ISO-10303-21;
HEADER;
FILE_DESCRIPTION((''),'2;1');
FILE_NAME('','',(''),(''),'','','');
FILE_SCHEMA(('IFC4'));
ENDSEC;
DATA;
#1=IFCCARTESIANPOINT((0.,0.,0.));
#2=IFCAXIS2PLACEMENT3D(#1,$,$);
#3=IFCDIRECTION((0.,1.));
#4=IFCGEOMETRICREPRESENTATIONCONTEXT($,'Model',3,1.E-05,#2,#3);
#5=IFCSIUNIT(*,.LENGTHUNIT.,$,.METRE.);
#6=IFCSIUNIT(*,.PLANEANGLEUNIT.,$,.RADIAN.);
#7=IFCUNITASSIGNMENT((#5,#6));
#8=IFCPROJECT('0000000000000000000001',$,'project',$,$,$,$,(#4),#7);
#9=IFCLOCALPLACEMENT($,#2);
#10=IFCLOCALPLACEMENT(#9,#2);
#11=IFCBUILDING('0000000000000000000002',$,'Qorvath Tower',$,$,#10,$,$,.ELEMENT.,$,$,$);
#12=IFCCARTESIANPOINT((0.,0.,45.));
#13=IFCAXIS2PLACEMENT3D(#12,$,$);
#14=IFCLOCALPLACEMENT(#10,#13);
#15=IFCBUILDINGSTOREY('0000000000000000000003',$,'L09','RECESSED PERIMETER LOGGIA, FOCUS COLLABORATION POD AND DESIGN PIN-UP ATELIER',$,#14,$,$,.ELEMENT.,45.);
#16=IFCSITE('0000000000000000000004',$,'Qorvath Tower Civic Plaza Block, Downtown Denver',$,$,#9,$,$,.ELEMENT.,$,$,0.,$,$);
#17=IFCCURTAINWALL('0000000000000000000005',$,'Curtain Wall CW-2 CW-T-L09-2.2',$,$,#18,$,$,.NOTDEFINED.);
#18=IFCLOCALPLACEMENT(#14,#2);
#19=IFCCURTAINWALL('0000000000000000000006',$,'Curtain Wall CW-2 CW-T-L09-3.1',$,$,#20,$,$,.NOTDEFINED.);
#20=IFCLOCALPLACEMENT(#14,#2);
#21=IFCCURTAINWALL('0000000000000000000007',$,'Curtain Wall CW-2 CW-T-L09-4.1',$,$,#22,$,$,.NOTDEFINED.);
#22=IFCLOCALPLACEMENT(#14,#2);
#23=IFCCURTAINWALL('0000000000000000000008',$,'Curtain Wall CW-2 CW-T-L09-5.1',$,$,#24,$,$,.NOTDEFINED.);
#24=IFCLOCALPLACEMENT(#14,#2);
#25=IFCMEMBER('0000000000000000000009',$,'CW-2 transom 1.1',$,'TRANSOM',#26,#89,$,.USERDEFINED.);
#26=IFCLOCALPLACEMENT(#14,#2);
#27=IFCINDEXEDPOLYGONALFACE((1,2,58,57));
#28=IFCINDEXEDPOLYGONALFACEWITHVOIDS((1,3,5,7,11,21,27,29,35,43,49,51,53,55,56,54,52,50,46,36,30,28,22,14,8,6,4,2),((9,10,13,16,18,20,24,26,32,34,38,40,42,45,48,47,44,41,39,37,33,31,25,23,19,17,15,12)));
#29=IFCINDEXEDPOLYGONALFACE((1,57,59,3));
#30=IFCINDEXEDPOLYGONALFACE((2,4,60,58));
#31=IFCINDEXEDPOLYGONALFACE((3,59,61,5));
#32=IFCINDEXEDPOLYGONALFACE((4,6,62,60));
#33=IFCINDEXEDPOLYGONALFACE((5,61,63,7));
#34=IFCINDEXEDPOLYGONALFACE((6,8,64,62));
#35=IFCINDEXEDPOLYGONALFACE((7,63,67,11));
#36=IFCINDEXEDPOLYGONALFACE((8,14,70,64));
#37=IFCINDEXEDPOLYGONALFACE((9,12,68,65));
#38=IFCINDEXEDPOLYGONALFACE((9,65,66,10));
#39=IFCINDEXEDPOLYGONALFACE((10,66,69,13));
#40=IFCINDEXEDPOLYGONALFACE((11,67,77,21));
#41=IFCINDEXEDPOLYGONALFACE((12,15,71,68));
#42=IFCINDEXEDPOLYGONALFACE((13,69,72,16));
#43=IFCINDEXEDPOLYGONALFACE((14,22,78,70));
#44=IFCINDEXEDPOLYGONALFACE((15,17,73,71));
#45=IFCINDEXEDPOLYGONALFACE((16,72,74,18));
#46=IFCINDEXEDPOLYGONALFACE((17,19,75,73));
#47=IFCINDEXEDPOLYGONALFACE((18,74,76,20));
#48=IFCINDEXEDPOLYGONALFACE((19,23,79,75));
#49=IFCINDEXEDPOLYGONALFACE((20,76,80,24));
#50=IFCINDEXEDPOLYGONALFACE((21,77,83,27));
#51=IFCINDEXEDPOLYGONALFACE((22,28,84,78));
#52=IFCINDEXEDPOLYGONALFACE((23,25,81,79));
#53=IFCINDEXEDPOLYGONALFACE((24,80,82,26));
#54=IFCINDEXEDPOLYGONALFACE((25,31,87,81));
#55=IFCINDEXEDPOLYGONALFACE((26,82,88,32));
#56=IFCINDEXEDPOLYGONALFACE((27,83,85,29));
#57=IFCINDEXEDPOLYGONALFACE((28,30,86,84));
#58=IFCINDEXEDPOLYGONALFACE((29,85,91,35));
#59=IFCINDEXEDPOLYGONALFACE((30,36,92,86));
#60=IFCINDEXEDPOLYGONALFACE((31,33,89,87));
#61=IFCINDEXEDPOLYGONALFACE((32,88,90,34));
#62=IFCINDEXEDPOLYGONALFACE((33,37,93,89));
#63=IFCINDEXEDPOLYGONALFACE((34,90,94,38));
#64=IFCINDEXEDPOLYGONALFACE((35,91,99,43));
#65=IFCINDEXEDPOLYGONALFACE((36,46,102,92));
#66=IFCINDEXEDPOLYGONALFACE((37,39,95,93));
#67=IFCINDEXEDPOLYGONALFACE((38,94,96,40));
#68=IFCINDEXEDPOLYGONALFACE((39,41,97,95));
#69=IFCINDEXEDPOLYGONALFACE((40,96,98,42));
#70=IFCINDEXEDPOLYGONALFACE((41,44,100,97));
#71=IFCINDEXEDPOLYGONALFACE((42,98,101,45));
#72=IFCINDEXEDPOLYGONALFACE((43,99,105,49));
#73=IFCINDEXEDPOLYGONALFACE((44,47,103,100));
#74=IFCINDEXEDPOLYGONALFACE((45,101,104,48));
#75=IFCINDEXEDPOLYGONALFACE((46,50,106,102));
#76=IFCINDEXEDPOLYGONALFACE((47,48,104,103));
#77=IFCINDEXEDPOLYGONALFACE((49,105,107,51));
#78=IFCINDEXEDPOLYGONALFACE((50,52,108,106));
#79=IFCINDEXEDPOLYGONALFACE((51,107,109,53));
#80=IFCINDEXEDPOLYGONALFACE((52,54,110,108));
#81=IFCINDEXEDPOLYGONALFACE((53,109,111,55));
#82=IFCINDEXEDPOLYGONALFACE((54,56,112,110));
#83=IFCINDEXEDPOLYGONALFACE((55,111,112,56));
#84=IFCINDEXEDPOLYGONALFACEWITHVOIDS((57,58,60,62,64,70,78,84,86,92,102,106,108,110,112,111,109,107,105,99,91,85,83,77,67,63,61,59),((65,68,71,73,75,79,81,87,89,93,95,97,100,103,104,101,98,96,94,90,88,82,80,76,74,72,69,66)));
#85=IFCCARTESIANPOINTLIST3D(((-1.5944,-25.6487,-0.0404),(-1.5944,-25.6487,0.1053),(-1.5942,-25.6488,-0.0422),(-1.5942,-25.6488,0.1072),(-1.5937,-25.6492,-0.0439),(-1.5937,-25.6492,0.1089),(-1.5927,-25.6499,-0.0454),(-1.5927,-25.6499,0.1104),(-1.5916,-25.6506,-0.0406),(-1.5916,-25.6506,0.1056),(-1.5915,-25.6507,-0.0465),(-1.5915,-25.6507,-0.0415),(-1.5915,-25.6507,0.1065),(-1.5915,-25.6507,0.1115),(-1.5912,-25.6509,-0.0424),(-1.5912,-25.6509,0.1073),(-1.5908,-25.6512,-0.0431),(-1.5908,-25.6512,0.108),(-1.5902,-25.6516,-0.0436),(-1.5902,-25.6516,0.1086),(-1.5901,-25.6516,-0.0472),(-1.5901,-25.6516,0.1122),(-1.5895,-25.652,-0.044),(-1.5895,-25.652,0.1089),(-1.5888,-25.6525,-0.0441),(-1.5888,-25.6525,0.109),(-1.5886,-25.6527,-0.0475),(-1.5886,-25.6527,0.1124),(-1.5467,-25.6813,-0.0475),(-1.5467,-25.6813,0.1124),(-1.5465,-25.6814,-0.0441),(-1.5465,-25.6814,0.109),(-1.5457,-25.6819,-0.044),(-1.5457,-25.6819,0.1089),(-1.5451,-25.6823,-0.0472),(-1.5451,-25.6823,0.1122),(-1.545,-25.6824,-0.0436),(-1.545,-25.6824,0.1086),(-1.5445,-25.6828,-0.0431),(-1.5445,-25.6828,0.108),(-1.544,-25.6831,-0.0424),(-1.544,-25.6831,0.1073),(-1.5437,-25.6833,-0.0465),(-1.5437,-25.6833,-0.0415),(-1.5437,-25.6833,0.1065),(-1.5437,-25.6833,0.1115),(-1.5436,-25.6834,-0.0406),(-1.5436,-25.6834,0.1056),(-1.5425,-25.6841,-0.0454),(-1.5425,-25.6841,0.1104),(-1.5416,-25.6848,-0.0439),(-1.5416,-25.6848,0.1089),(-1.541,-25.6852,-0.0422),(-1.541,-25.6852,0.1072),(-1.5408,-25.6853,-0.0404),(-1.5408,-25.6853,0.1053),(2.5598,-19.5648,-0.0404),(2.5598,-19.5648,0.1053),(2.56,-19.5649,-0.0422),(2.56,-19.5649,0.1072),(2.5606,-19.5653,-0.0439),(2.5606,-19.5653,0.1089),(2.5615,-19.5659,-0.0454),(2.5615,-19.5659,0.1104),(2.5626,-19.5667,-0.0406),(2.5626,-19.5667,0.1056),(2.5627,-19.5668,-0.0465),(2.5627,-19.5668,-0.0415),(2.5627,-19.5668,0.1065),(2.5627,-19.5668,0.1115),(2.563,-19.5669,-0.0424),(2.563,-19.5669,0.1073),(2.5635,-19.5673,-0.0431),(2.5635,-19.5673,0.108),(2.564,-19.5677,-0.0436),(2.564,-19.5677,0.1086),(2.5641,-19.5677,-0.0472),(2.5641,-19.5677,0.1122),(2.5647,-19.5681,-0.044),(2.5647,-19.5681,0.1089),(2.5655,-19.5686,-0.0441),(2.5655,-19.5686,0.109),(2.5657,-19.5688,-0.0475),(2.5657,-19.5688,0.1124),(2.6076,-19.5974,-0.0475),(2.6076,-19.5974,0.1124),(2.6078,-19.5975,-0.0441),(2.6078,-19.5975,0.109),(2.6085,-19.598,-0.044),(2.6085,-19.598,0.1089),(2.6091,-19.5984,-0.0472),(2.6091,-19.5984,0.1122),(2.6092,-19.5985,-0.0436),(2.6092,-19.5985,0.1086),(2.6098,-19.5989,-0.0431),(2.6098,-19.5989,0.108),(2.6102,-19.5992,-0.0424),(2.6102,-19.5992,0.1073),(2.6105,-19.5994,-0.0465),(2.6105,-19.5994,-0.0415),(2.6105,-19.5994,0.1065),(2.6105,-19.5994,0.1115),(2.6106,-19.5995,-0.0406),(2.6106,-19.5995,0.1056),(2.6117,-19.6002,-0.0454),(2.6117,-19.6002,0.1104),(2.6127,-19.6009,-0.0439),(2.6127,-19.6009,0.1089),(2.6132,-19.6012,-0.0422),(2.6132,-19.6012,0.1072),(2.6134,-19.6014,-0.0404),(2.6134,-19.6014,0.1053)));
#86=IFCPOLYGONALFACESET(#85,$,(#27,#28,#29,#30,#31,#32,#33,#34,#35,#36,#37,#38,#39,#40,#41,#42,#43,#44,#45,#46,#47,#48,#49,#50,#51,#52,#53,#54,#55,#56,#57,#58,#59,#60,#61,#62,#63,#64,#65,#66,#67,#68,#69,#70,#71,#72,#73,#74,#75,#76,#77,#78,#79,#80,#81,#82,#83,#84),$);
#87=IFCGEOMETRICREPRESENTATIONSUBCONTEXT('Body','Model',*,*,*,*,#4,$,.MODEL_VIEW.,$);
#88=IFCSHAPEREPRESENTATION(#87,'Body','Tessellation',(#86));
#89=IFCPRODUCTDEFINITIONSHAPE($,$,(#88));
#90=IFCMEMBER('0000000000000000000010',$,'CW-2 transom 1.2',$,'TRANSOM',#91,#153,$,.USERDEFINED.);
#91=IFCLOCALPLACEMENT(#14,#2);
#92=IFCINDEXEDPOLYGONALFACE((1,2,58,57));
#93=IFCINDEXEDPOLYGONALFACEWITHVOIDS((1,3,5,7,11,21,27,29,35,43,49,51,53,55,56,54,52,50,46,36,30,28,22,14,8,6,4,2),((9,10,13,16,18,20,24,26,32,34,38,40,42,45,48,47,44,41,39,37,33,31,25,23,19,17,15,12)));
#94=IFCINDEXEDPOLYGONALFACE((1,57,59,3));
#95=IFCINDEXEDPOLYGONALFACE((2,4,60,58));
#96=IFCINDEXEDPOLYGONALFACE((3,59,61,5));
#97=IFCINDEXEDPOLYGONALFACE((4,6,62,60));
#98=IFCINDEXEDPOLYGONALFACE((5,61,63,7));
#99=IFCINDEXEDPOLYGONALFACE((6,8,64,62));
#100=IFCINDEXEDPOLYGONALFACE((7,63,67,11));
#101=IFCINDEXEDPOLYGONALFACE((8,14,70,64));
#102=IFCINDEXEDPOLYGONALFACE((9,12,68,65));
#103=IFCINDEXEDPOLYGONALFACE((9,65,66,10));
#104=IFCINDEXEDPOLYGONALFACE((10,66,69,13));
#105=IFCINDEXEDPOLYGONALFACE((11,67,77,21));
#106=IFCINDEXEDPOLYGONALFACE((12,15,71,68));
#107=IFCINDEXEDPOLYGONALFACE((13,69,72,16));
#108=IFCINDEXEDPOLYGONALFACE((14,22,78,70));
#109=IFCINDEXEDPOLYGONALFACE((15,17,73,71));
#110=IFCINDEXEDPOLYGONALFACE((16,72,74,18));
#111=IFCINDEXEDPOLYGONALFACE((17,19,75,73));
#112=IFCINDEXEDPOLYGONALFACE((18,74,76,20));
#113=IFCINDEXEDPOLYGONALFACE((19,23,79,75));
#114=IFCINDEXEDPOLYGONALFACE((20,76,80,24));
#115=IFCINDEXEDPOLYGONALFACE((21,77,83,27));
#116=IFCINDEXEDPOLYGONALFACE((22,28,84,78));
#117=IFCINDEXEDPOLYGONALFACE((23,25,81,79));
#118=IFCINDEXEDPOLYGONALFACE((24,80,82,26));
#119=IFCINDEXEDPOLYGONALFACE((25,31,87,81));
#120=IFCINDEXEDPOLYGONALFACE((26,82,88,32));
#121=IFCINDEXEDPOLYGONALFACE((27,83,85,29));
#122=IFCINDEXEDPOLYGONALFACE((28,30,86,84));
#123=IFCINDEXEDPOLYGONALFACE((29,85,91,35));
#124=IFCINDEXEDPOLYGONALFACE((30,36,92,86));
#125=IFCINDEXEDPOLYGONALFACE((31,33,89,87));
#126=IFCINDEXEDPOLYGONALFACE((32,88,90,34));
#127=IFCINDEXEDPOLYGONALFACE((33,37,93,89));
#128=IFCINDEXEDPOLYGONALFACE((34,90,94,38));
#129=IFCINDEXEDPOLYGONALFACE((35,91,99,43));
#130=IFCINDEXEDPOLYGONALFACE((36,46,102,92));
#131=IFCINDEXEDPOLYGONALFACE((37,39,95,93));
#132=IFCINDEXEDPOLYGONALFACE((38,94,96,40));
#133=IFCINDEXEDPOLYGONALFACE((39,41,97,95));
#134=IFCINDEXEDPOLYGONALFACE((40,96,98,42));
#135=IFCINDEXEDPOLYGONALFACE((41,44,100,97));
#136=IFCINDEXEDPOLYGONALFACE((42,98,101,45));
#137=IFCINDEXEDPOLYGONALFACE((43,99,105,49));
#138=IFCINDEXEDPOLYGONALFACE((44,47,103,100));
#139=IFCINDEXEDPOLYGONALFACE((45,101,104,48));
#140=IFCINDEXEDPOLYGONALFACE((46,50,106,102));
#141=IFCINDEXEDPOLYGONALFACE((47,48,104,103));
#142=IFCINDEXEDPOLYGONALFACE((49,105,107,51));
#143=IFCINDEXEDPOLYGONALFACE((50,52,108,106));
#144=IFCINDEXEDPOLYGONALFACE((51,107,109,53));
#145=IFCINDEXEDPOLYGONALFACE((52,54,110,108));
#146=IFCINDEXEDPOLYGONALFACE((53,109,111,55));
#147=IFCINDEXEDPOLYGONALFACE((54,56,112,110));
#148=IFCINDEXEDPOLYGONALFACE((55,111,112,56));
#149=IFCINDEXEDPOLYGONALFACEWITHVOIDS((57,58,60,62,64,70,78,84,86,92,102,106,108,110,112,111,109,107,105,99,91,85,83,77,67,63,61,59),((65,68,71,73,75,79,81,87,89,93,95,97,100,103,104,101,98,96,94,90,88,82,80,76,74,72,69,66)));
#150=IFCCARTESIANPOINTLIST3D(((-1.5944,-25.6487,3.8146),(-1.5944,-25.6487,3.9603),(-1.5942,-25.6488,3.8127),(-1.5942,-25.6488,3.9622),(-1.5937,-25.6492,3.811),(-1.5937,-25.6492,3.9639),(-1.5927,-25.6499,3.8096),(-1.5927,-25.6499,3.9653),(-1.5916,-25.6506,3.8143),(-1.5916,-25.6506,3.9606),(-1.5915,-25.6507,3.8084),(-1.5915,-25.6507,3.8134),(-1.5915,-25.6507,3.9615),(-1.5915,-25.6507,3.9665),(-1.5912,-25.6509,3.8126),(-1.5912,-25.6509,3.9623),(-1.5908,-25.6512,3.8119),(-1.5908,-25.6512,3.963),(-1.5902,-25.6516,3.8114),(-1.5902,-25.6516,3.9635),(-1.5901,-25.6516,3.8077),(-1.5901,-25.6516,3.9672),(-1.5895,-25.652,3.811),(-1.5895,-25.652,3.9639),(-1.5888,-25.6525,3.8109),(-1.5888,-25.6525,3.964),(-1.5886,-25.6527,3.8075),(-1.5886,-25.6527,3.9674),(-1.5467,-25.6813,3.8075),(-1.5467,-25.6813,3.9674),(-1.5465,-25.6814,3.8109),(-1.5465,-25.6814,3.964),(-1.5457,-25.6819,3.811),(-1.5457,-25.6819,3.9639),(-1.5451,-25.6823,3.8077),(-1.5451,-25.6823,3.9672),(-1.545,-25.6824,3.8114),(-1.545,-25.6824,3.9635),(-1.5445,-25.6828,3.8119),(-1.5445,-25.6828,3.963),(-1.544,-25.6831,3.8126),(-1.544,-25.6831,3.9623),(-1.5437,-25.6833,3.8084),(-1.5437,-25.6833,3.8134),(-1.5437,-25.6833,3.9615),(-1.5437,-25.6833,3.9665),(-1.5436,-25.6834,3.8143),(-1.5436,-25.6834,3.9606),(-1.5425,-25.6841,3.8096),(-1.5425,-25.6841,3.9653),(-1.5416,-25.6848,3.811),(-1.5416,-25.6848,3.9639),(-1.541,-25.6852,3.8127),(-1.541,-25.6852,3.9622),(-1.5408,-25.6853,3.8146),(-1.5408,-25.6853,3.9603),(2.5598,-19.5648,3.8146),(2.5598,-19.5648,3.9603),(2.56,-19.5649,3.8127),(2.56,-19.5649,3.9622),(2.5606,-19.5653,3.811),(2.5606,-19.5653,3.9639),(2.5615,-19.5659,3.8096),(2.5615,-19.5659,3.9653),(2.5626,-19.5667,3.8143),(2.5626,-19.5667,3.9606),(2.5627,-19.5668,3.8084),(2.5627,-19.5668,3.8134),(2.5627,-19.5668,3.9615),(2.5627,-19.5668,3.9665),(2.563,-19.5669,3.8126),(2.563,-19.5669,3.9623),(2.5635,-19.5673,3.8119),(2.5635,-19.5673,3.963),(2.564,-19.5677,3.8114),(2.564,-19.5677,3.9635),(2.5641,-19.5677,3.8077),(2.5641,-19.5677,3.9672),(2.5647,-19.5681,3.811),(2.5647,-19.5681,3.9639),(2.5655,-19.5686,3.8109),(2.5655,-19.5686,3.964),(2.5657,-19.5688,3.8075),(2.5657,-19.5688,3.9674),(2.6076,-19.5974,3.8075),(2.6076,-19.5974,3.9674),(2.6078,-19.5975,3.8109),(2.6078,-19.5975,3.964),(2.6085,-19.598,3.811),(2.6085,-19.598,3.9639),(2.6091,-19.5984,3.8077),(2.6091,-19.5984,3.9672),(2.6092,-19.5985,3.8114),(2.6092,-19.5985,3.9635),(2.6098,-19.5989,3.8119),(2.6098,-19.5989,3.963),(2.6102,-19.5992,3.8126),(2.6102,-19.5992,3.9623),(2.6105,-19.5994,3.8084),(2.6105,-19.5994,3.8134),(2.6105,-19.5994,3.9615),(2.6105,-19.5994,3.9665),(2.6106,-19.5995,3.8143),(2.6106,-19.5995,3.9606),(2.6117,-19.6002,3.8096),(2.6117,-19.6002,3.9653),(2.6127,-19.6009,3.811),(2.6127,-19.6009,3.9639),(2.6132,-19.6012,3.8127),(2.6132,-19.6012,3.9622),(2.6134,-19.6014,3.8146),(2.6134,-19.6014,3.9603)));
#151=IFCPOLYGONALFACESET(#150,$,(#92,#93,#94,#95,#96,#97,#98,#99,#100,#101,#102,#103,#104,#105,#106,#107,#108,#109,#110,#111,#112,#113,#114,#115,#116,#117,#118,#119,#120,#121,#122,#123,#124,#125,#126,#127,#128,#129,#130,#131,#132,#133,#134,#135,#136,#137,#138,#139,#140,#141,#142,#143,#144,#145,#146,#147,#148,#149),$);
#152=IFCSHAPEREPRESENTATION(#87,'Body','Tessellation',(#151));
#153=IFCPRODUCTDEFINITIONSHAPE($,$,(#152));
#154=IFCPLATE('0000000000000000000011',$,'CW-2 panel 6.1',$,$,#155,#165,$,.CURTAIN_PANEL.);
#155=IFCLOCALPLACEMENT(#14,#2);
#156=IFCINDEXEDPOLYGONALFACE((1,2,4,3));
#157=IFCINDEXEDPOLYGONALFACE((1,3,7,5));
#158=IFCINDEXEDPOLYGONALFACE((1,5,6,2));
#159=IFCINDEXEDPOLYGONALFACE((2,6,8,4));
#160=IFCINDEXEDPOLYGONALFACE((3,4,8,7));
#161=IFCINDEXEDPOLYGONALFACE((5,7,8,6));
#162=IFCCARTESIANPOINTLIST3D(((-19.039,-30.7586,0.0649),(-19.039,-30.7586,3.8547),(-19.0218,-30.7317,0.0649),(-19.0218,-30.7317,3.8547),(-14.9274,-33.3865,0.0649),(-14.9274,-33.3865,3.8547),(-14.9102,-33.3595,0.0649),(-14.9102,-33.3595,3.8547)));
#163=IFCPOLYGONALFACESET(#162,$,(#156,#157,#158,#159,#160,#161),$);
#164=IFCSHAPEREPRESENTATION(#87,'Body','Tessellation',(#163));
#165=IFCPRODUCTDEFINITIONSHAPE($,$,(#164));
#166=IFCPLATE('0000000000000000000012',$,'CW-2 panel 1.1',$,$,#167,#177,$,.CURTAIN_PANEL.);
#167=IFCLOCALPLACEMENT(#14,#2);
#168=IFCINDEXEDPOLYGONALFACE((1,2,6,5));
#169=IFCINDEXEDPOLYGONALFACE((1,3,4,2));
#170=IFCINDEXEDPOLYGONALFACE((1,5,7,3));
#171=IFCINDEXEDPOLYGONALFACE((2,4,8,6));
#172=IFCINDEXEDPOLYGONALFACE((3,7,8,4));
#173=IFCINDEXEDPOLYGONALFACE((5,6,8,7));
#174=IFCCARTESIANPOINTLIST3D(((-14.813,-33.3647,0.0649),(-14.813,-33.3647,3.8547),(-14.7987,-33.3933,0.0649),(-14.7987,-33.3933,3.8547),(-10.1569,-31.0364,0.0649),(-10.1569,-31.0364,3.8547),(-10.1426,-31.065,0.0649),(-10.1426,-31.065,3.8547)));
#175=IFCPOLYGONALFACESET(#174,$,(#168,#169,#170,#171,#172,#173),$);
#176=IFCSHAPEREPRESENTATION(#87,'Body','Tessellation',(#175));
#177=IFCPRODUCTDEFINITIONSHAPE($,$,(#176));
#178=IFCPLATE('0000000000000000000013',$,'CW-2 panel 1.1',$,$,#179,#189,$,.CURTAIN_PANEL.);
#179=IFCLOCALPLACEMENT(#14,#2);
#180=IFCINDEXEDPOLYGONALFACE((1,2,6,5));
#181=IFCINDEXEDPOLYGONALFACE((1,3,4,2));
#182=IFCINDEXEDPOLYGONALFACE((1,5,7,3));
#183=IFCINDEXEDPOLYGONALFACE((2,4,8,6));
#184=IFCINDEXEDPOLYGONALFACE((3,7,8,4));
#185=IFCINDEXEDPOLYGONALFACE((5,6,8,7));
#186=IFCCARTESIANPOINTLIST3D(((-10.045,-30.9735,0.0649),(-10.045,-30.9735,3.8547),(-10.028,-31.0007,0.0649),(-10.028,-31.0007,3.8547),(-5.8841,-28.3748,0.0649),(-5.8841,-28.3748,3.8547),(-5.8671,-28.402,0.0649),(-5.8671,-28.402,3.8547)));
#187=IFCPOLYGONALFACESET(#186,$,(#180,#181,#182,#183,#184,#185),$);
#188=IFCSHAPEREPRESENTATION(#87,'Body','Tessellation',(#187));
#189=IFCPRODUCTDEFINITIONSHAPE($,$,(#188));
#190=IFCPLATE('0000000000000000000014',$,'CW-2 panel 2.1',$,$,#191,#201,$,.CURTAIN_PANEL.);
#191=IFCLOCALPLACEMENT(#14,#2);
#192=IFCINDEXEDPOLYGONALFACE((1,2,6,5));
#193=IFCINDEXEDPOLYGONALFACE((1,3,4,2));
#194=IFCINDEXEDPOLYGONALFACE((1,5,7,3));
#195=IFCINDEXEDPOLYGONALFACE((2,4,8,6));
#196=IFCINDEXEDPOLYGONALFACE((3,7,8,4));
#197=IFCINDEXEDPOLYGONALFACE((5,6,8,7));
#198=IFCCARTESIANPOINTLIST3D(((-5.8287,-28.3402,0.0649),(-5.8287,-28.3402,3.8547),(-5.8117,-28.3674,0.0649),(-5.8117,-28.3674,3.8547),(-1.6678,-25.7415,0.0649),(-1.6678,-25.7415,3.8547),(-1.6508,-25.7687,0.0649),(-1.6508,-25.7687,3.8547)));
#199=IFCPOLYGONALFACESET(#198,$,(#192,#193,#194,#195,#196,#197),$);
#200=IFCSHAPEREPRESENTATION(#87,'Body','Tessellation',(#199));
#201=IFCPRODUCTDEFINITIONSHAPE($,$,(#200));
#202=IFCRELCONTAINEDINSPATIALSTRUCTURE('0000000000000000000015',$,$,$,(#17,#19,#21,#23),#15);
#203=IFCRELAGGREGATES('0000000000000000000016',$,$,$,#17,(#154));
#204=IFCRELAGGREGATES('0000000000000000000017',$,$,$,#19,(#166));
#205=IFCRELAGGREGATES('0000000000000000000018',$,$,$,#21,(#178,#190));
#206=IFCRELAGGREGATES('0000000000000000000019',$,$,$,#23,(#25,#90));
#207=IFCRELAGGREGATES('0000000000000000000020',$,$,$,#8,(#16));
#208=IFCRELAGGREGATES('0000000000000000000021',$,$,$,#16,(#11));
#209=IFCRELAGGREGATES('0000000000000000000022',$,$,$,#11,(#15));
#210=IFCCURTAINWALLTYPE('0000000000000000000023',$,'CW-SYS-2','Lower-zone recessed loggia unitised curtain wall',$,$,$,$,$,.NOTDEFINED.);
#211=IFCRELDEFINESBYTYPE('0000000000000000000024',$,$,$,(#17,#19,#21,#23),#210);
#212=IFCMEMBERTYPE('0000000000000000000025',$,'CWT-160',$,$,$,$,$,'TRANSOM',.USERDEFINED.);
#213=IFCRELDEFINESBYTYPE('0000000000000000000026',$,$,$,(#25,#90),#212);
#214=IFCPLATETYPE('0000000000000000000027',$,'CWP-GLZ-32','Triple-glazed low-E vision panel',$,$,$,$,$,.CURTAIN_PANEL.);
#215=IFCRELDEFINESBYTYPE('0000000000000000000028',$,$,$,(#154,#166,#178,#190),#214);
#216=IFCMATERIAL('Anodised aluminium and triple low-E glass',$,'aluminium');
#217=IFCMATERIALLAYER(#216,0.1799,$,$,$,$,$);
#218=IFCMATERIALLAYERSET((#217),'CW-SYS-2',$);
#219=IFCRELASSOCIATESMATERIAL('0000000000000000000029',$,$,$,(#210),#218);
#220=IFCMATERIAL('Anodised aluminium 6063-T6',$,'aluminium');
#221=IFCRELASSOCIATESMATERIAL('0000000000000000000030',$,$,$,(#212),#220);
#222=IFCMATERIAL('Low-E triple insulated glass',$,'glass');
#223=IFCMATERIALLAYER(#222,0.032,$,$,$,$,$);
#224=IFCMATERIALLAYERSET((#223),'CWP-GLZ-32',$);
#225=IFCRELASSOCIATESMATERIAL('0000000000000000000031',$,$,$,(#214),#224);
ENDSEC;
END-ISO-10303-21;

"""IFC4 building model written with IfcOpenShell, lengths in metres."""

from ifc_helpers import new_model, si_unit, direction, frame, origin, origin_2d, place, context, subcontext, project, spatial, rectangle, hollow_rectangle, extrude, material, layer, layer_set, material_profile, profile_set, type_object, element, aggregate, save


model = new_model("IFC4")

# Units and contexts
model_context = context("Model", 3, precision=1e-05, world=origin(), true_north=direction((0.0, 1.0)))
body_context = subcontext(model_context, "Body", "Model", "MODEL_VIEW")
ifc_project = project(units=[si_unit("LENGTHUNIT", "METRE"), si_unit("PLANEANGLEUNIT", "RADIAN")], contexts=[model_context])

# Site, building, storey
site_placement = place(None, origin())
site = spatial("IfcSite", under=ifc_project, at=site_placement, Name="Qorvath Tower Civic Plaza Block, Downtown Denver", CompositionType="ELEMENT", RefElevation=0.0)
building_placement = place(site_placement, origin())
building = spatial("IfcBuilding", under=site, at=building_placement, Name="Qorvath Tower", CompositionType="ELEMENT")
storey_placement = place(building_placement, frame((0.0, 0.0, 45.0)))
storey = spatial("IfcBuildingStorey", under=building, at=storey_placement, Name="L09", Description="RECESSED PERIMETER LOGGIA, FOCUS COLLABORATION POD AND DESIGN PIN-UP ATELIER", CompositionType="ELEMENT", Elevation=45.0)

# Curtain walls
ifc_material_1 = material(Name="Anodised aluminium and triple low-E glass", Category="aluminium")
ifc_layer_1 = layer(ifc_material_1, 0.1799)
ifc_layer_set_1 = layer_set([ifc_layer_1], Name="CW-SYS-2")
curtain_wall_type = type_object("IfcCurtainWallType", Name="CW-SYS-2", Description="Lower-zone recessed loggia unitised curtain wall", PredefinedType="NOTDEFINED", material=ifc_layer_set_1)
curtain_wall_1_placement = place(storey_placement, origin())
curtain_wall_1 = element("IfcCurtainWall", 1, at=curtain_wall_1_placement, inside=storey, type_object=curtain_wall_type, Name="Curtain Wall CW-2 CW-T-L09-2.2", PredefinedType="NOTDEFINED")
curtain_wall_2_placement = place(storey_placement, origin())
curtain_wall_2 = element("IfcCurtainWall", 2, at=curtain_wall_2_placement, inside=storey, type_object=curtain_wall_type, Name="Curtain Wall CW-2 CW-T-L09-3.1", PredefinedType="NOTDEFINED")
curtain_wall_3_placement = place(storey_placement, origin())
curtain_wall_3 = element("IfcCurtainWall", 3, at=curtain_wall_3_placement, inside=storey, type_object=curtain_wall_type, Name="Curtain Wall CW-2 CW-T-L09-4.1", PredefinedType="NOTDEFINED")

# Curtain wall
curtain_wall_4_placement = place(storey_placement, origin())
curtain_wall_4 = element("IfcCurtainWall", 4, at=curtain_wall_4_placement, inside=storey, type_object=curtain_wall_type, Name="Curtain Wall CW-2 CW-T-L09-5.1", PredefinedType="NOTDEFINED")

# Members
ifc_material_2 = material(Name="Anodised aluminium 6063-T6", Category="aluminium")
ifc_material_profile_1 = material_profile(ifc_material_2, hollow_rectangle(XDim=0.0649, YDim=0.1599, WallThickness=0.0034, InnerFilletRadius=0.0034, OuterFilletRadius=0.0071, at=origin_2d()), Name="CWT 160x65")
ifc_profile_set_1 = profile_set([ifc_material_profile_1], Name="Anodised aluminium 6063-T6")
member_type_1 = type_object("IfcMemberType", Name="CWT-160", ElementType="TRANSOM", PredefinedType="USERDEFINED", material=ifc_profile_set_1)
member_1_placement = place(storey_placement, frame((-1.5676, -25.667, 0.0325), z_axis=(0.563904, 0.82584, 0.0), x_axis=(-0.82584, 0.563904, 0.0)))
member_1 = element("IfcMember", 5, at=member_1_placement, type_object=member_type_1, Name="CW-2 transom 1.1", ObjectType="TRANSOM", PredefinedType="USERDEFINED", context=body_context, shape_type="SweptSolid", body=[
    extrude(hollow_rectangle(XDim=0.0649, YDim=0.1599, WallThickness=0.0034, InnerFilletRadius=0.0034, OuterFilletRadius=0.0071, at=origin_2d()), origin(), (0.0, 0.0, 1.0), 7.3669),
])
member_2_placement = place(storey_placement, frame((-1.5676, -25.667, 3.8875), z_axis=(0.563904, 0.82584, 0.0), x_axis=(-0.82584, 0.563904, 0.0)))
member_2 = element("IfcMember", 6, at=member_2_placement, type_object=member_type_1, Name="CW-2 transom 1.2", ObjectType="TRANSOM", PredefinedType="USERDEFINED", context=body_context, shape_type="SweptSolid", body=[
    extrude(hollow_rectangle(XDim=0.0649, YDim=0.1599, WallThickness=0.0034, InnerFilletRadius=0.0034, OuterFilletRadius=0.0071, at=origin_2d()), origin(), (0.0, 0.0, 1.0), 7.3669),
])

# Plates
ifc_material_3 = material(Name="Low-E triple insulated glass", Category="glass")
ifc_layer_2 = layer(ifc_material_3, 0.032)
ifc_layer_set_2 = layer_set([ifc_layer_2], Name="CWP-GLZ-32")
plate_type = type_object("IfcPlateType", Name="CWP-GLZ-32", Description="Triple-glazed low-E vision panel", PredefinedType="CURTAIN_PANEL", material=ifc_layer_set_2)
plate_1_placement = place(storey_placement, frame((-16.9746, -32.0591, 0.0649), z_axis=(0.0, 0.0, 1.0), x_axis=(0.842602, -0.538537, 0.0)))
plate_1 = element("IfcPlate", 7, at=plate_1_placement, type_object=plate_type, Name="CW-2 panel 6.1", PredefinedType="CURTAIN_PANEL", context=body_context, shape_type="SweptSolid", body=[
    extrude(rectangle(XDim=4.8796, YDim=0.032, at=origin_2d()), origin(), (0.0, 0.0, 1.0), 3.7898),
])
aggregate(curtain_wall_1, [plate_1])
plate_2_placement = place(storey_placement, frame((-12.4778, -32.2148, 0.0649), z_axis=(0.0, 0.0, 1.0), x_axis=(0.894405, 0.447259, 0.0)))
plate_2 = element("IfcPlate", 8, at=plate_2_placement, type_object=plate_type, Name="CW-2 panel 1.1", PredefinedType="CURTAIN_PANEL", context=body_context, shape_type="SweptSolid", body=[
    extrude(rectangle(XDim=5.2058, YDim=0.032, at=origin_2d()), origin(), (0.0, 0.0, 1.0), 3.7898),
])
aggregate(curtain_wall_2, [plate_2])
plate_3_placement = place(storey_placement, frame((-7.9561, -29.6877, 0.0649), z_axis=(0.0, 0.0, 1.0), x_axis=(0.84817, 0.529724, 0.0)))
plate_3 = element("IfcPlate", 9, at=plate_3_placement, type_object=plate_type, Name="CW-2 panel 1.1", PredefinedType="CURTAIN_PANEL", context=body_context, shape_type="SweptSolid", body=[
    extrude(rectangle(XDim=4.9058, YDim=0.032, at=origin_2d()), origin(), (0.0, 0.0, 1.0), 3.7898),
])
plate_4_placement = place(storey_placement, frame((-3.7397, -27.0544, 0.0649), z_axis=(0.0, 0.0, 1.0), x_axis=(0.84817, 0.529724, 0.0)))
plate_4 = element("IfcPlate", 10, at=plate_4_placement, type_object=plate_type, Name="CW-2 panel 2.1", PredefinedType="CURTAIN_PANEL", context=body_context, shape_type="SweptSolid", body=[
    extrude(rectangle(XDim=4.9058, YDim=0.032, at=origin_2d()), origin(), (0.0, 0.0, 1.0), 3.7898),
])
aggregate(curtain_wall_3, [plate_3, plate_4])
aggregate(curtain_wall_4, [member_1, member_2])

save(model, "model.ifc")
